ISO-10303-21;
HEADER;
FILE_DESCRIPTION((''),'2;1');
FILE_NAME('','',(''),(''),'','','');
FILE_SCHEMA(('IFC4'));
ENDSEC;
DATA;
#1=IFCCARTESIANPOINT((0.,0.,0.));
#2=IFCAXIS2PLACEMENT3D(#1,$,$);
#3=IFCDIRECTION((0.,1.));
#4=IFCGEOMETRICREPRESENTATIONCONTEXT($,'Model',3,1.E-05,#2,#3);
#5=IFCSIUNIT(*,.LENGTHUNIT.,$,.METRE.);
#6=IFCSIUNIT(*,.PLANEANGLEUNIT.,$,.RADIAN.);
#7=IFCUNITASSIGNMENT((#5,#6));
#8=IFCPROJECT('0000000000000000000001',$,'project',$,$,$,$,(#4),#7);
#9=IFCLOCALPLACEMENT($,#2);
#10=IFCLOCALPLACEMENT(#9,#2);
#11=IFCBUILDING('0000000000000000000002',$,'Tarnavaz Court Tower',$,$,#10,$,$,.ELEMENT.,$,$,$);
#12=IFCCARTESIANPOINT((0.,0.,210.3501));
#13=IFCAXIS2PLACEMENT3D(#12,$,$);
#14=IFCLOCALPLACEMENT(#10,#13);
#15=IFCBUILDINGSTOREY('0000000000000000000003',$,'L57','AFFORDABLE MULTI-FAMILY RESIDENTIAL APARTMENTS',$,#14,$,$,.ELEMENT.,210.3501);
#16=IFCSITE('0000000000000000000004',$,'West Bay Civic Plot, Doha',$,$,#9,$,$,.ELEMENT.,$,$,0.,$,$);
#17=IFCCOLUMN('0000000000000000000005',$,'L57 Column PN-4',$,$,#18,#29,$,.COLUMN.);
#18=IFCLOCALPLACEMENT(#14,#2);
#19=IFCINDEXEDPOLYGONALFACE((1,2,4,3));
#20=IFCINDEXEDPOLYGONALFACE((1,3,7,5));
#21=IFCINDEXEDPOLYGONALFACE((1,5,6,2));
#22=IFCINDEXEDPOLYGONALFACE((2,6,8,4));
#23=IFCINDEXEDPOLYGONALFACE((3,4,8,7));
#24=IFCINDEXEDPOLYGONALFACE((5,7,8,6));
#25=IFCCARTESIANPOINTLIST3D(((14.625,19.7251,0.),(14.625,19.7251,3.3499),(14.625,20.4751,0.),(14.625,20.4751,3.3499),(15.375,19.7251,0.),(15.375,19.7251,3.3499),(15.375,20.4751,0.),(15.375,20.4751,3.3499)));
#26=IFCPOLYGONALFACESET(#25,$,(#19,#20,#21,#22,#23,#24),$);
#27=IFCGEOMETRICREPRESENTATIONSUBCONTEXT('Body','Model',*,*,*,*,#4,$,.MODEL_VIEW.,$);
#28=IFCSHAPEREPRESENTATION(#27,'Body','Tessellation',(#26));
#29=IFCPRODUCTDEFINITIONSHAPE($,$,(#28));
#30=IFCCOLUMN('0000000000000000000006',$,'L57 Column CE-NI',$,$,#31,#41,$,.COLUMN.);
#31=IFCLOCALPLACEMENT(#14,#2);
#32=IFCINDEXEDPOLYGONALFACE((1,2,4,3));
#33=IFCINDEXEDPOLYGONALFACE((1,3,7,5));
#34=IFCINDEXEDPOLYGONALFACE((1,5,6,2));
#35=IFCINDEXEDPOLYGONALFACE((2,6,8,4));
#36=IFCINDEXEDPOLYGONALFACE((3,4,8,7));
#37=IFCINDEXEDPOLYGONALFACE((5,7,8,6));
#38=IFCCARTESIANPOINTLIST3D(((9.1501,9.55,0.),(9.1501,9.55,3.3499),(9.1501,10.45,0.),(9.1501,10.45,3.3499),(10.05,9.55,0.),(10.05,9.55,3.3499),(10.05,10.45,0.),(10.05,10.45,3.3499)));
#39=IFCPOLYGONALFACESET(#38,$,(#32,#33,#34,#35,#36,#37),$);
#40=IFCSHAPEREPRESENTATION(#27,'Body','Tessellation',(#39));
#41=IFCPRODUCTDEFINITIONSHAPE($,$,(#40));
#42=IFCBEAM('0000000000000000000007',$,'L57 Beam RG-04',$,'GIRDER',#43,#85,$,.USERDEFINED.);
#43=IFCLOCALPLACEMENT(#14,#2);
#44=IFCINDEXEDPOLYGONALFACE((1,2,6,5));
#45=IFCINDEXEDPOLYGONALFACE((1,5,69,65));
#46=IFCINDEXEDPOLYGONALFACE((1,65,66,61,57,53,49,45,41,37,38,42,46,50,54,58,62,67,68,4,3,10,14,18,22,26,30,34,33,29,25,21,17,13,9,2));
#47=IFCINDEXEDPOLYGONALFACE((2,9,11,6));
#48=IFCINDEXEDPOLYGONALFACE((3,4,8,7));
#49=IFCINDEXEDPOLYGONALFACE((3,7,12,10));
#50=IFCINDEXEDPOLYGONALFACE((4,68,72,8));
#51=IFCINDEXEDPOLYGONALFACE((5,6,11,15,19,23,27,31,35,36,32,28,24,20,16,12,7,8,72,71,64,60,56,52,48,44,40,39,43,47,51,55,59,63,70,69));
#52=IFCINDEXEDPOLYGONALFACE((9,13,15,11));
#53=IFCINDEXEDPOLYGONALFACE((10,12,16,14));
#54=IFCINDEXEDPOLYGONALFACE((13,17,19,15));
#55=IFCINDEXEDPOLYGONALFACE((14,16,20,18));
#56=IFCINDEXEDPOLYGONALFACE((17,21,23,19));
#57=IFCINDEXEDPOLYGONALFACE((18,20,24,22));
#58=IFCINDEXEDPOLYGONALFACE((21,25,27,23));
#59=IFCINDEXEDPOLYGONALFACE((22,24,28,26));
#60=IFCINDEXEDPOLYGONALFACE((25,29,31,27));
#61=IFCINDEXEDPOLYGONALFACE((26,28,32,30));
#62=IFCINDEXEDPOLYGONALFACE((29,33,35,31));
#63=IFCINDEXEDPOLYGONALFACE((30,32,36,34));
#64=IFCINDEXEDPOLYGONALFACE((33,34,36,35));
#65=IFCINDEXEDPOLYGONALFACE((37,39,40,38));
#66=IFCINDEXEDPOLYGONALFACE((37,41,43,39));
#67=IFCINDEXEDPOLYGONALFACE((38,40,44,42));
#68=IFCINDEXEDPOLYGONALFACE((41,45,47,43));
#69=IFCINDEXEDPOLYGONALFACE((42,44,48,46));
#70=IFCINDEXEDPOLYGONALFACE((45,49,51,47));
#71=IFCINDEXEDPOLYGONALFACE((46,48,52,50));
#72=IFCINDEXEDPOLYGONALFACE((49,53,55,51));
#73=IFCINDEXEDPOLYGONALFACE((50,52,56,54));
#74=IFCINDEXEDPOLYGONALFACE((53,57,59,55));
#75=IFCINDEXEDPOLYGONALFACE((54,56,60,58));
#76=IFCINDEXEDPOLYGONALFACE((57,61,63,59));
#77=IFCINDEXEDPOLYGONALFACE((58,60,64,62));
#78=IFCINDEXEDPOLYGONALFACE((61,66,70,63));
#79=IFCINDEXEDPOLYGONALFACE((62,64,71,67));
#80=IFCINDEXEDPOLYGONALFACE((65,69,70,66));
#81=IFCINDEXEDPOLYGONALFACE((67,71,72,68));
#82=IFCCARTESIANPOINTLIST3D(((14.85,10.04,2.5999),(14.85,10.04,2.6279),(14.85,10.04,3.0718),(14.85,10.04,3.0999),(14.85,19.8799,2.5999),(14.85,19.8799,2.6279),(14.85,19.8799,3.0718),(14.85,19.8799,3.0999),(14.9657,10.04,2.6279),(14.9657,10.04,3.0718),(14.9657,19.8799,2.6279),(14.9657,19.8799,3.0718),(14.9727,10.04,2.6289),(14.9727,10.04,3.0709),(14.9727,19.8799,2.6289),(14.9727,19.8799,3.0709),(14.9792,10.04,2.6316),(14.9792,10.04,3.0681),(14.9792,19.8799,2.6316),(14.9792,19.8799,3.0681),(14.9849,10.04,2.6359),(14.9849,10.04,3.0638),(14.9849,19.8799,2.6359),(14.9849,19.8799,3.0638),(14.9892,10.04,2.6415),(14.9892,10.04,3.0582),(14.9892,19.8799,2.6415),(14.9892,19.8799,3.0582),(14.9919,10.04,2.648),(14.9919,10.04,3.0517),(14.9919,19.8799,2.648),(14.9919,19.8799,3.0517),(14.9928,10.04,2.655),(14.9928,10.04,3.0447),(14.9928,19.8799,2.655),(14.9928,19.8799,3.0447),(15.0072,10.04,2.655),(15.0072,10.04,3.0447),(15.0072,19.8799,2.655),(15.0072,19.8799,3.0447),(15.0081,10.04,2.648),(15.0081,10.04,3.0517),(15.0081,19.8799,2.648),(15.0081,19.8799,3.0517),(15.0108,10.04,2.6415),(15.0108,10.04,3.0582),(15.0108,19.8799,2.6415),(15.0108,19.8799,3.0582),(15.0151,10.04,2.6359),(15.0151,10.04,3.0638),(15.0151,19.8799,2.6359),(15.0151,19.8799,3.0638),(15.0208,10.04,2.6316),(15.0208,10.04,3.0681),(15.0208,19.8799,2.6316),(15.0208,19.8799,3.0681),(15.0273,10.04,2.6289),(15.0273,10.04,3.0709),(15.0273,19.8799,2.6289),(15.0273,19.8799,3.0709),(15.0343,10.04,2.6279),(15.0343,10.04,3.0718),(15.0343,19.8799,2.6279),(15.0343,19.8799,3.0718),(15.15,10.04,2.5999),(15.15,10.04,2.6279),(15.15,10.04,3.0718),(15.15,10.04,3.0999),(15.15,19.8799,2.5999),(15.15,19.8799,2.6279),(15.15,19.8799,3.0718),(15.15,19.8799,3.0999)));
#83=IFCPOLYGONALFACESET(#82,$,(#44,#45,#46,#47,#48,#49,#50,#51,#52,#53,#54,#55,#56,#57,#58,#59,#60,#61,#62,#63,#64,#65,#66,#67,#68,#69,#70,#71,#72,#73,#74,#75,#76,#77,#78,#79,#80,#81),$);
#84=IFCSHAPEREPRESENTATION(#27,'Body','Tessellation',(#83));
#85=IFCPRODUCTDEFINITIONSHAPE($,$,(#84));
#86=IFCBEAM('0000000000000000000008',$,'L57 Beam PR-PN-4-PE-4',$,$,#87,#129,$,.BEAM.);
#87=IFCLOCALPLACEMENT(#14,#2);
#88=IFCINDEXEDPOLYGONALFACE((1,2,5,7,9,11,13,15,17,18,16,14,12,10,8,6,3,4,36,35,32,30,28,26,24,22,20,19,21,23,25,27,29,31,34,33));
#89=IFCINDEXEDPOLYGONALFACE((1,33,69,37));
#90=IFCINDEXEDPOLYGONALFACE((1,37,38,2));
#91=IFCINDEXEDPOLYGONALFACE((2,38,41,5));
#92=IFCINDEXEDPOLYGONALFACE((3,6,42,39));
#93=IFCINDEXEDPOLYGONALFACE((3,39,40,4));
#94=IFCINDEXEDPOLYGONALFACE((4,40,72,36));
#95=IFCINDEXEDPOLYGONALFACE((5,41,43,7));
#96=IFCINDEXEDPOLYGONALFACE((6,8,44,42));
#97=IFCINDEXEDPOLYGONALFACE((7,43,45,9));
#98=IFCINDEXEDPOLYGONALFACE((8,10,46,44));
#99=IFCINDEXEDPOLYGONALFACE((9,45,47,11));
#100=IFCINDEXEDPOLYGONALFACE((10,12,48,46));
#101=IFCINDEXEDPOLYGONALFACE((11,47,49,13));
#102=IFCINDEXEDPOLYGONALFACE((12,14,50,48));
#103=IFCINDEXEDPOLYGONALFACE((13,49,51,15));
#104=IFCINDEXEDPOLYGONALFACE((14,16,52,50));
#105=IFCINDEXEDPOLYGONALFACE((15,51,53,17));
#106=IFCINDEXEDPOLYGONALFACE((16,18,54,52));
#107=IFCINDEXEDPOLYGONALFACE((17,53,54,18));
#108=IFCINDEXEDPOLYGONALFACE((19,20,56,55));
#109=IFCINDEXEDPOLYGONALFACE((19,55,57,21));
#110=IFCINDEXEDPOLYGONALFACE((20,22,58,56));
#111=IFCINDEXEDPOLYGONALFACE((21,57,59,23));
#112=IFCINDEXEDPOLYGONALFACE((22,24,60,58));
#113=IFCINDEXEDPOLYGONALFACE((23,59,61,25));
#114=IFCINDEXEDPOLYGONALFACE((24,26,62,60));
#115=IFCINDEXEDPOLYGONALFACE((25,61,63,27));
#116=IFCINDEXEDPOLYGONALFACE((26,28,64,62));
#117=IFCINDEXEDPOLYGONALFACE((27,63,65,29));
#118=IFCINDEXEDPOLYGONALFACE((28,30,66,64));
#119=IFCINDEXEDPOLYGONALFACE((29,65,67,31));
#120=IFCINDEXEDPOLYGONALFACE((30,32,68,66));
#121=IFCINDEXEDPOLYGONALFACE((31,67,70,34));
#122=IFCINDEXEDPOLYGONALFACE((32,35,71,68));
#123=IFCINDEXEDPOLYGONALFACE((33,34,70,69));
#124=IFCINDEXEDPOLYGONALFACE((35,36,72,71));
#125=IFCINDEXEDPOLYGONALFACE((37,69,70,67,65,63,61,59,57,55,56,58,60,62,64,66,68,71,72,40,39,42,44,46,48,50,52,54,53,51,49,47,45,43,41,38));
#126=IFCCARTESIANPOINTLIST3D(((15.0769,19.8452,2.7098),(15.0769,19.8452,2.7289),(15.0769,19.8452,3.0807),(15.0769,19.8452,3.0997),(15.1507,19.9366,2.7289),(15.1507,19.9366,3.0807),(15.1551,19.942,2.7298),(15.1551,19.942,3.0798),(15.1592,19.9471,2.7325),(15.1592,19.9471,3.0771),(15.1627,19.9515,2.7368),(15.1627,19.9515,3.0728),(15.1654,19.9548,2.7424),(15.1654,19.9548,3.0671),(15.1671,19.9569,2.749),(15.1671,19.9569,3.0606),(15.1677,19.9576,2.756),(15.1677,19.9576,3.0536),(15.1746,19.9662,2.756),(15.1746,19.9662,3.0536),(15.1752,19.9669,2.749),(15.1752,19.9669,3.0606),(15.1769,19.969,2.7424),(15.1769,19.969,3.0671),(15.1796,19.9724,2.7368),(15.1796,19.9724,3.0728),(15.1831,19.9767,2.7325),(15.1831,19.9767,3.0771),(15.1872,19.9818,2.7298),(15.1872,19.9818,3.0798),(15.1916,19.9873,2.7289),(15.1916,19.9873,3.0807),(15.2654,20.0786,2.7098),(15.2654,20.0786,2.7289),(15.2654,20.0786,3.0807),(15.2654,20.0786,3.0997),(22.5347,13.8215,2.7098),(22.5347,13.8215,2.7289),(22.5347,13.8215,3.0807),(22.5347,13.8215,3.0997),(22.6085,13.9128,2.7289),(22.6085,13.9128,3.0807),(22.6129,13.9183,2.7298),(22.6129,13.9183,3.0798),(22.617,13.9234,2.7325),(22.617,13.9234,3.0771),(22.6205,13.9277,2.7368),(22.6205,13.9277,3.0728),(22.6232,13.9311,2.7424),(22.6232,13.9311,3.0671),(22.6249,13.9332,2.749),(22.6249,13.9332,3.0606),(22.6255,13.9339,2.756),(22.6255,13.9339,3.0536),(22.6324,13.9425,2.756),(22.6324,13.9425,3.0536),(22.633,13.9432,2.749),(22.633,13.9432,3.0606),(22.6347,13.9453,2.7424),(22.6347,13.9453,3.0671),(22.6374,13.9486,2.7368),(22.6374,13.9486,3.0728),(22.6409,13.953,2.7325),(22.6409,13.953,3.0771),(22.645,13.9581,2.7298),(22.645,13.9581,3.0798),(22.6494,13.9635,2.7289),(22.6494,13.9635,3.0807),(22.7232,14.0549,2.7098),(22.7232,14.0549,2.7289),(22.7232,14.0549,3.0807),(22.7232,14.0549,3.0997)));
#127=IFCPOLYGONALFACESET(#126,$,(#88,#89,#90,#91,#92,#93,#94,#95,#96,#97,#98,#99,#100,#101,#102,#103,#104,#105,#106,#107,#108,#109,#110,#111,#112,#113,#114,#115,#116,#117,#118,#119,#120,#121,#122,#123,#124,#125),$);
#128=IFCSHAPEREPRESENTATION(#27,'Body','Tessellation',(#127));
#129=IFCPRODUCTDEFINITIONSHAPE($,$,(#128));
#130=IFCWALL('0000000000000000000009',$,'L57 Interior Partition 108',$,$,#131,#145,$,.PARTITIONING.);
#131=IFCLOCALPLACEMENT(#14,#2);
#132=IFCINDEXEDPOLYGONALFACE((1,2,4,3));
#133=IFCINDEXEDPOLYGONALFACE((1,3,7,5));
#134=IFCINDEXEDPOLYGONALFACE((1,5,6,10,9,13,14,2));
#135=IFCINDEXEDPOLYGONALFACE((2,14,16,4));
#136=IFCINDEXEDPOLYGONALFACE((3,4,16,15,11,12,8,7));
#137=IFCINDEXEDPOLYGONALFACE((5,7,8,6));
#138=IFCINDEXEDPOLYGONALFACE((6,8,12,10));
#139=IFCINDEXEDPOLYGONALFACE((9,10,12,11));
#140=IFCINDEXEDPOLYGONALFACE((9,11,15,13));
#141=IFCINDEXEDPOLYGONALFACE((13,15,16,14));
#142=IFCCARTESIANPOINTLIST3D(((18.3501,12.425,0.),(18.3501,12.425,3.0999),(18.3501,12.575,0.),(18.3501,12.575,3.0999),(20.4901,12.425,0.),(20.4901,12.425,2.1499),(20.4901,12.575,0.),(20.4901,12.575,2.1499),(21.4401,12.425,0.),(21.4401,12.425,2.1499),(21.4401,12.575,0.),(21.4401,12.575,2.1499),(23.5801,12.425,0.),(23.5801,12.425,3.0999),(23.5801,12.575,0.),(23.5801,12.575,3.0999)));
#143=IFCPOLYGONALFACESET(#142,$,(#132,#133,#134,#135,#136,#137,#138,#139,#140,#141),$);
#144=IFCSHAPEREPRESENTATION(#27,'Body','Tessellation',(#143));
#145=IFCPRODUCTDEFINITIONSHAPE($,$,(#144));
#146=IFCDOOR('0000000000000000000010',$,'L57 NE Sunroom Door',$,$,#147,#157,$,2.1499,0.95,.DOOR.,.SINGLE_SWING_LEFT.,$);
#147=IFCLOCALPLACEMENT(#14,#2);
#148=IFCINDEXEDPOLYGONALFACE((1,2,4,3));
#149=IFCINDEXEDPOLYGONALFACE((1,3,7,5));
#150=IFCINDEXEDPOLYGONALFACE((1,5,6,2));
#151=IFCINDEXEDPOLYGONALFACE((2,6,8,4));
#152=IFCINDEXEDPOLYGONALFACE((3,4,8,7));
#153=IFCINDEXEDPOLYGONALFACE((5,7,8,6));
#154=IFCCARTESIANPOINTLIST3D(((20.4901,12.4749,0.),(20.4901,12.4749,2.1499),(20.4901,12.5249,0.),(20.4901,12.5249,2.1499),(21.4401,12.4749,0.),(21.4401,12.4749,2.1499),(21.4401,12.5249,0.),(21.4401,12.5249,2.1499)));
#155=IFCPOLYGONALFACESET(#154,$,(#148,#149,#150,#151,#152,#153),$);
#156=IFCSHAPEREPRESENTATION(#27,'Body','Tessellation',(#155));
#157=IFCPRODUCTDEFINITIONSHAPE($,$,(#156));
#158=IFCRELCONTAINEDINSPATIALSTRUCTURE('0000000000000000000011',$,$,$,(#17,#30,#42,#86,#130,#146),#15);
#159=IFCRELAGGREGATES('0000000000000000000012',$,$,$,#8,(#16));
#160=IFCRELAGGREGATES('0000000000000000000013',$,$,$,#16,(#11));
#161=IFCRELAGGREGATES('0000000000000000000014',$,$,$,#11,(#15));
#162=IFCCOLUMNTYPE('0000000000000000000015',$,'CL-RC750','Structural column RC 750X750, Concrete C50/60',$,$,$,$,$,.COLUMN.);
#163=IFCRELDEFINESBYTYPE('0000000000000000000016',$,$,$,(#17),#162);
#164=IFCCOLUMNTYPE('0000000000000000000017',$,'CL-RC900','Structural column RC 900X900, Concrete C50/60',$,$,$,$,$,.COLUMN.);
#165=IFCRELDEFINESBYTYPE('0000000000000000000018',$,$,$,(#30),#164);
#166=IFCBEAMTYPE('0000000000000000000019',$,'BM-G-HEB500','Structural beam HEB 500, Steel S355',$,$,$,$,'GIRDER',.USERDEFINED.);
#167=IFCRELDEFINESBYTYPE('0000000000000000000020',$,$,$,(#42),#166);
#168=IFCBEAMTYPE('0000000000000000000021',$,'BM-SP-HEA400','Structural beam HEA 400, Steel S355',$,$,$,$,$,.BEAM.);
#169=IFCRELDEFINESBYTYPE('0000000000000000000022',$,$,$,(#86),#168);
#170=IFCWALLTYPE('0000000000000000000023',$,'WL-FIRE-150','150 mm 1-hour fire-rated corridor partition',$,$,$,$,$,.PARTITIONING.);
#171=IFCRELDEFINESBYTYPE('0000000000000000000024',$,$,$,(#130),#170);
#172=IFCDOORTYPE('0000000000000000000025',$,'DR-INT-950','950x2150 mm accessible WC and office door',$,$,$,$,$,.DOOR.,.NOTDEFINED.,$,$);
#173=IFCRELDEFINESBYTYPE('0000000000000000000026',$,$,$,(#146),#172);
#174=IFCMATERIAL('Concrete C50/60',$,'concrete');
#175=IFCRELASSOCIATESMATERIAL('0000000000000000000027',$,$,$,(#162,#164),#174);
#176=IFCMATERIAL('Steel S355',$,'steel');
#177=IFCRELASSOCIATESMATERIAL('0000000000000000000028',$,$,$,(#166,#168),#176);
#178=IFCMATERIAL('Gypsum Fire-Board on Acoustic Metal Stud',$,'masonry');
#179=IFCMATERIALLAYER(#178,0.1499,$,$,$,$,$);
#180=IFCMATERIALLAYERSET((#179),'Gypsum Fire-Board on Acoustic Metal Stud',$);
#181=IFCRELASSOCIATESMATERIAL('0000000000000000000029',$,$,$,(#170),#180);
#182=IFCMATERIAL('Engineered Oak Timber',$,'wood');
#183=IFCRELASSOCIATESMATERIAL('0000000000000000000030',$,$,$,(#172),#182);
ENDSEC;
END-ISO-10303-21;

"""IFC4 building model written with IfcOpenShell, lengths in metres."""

from ifc_helpers import new_model, si_unit, direction, frame, frame_2d, origin, origin_2d, place, context, subcontext, project, spatial, rectangle, i_section, extrude, material, layer, layer_set, material_profile, profile_set, type_object, element, fill, save


model = new_model("IFC4")

# Units and contexts
model_context = context("Model", 3, precision=1e-05, world=origin(), true_north=direction((0.0, 1.0)))
body_context = subcontext(model_context, "Body", "Model", "MODEL_VIEW")
ifc_project = project(units=[si_unit("LENGTHUNIT", "METRE"), si_unit("PLANEANGLEUNIT", "RADIAN")], contexts=[model_context])

# Site, building, storey
site_placement = place(None, origin())
site = spatial("IfcSite", under=ifc_project, at=site_placement, Name="West Bay Civic Plot, Doha", CompositionType="ELEMENT", RefElevation=0.0)
building_placement = place(site_placement, origin())
building = spatial("IfcBuilding", under=site, at=building_placement, Name="Tarnavaz Court Tower", CompositionType="ELEMENT")
storey_placement = place(building_placement, frame((0.0, 0.0, 210.3501)))
storey = spatial("IfcBuildingStorey", under=building, at=storey_placement, Name="L57", Description="AFFORDABLE MULTI-FAMILY RESIDENTIAL APARTMENTS", CompositionType="ELEMENT", Elevation=210.3501)

# Columns
ifc_material_1 = material(Name="Concrete C50/60", Category="concrete")
ifc_material_profile_1 = material_profile(ifc_material_1, rectangle(XDim=0.75, YDim=0.75, at=origin_2d()), Name="RC 750X750")
ifc_profile_set_1 = profile_set([ifc_material_profile_1], Name="Concrete C50/60")
column_type_1 = type_object("IfcColumnType", Name="CL-RC750", Description="Structural column RC 750X750, Concrete C50/60", PredefinedType="COLUMN", material=ifc_profile_set_1)
column_1_placement = place(storey_placement, frame((15.0, 20.1001, 0.0), z_axis=(0.0, 0.0, 1.0), x_axis=(1.0, 0.0, 0.0)))
element("IfcColumn", 1, at=column_1_placement, inside=storey, type_object=column_type_1, Name="L57 Column PN-4", PredefinedType="COLUMN", context=body_context, shape_type="SweptSolid", body=[
    extrude(rectangle(XDim=0.75, YDim=0.75, at=origin_2d()), origin(), (0.0, 0.0, 1.0), 3.3499),
])
ifc_material_profile_2 = material_profile(ifc_material_1, rectangle(XDim=0.8999, YDim=0.8999, at=origin_2d()), Name="RC 900X900")
ifc_profile_set_2 = profile_set([ifc_material_profile_2], Name="Concrete C50/60")
column_type_2 = type_object("IfcColumnType", Name="CL-RC900", Description="Structural column RC 900X900, Concrete C50/60", PredefinedType="COLUMN", material=ifc_profile_set_2)
column_2_placement = place(storey_placement, frame((9.6001, 10.0, 0.0), z_axis=(0.0, 0.0, 1.0), x_axis=(1.0, 0.0, 0.0)))
element("IfcColumn", 2, at=column_2_placement, inside=storey, type_object=column_type_2, Name="L57 Column CE-NI", PredefinedType="COLUMN", context=body_context, shape_type="SweptSolid", body=[
    extrude(rectangle(XDim=0.8999, YDim=0.8999, at=origin_2d()), origin(), (0.0, 0.0, 1.0), 3.3499),
])

# Beams
ifc_material_2 = material(Name="Steel S355", Category="steel")
ifc_material_profile_3 = material_profile(ifc_material_2, i_section(OverallWidth=0.3, OverallDepth=0.5, WebThickness=0.0144, FlangeThickness=0.0281, FilletRadius=0.0271, at=origin_2d()), Name="HEB 500")
ifc_profile_set_3 = profile_set([ifc_material_profile_3], Name="Steel S355")
beam_type_1 = type_object("IfcBeamType", Name="BM-G-HEB500", Description="Structural beam HEB 500, Steel S355", ElementType="GIRDER", PredefinedType="USERDEFINED", material=ifc_profile_set_3)
beam_1_placement = place(storey_placement, frame((15.0, 10.04, 2.8499), z_axis=(0.0, 1.0, 0.0), x_axis=(-1.0, 0.0, 0.0)))
element("IfcBeam", 3, at=beam_1_placement, inside=storey, type_object=beam_type_1, Name="L57 Beam RG-04", ObjectType="GIRDER", PredefinedType="USERDEFINED", context=body_context, shape_type="SweptSolid", body=[
    extrude(i_section(OverallWidth=0.3, OverallDepth=0.5, WebThickness=0.0144, FlangeThickness=0.0281, FilletRadius=0.0271, at=origin_2d()), origin(), (0.0, 0.0, 1.0), 9.8398),
])
ifc_material_profile_4 = material_profile(ifc_material_2, i_section(OverallWidth=0.3, OverallDepth=0.3899, WebThickness=0.011, FlangeThickness=0.019, FilletRadius=0.0271, at=origin_2d()), Name="HEA 400")
ifc_profile_set_4 = profile_set([ifc_material_profile_4], Name="Steel S355")
beam_type_2 = type_object("IfcBeamType", Name="BM-SP-HEA400", Description="Structural beam HEA 400, Steel S355", PredefinedType="BEAM", material=ifc_profile_set_4)
beam_2_placement = place(storey_placement, frame((15.1711, 19.9619, 2.9048), z_axis=(0.777936, -0.628344, 0.0), x_axis=(0.628344, 0.777936, 0.0)))
element("IfcBeam", 4, at=beam_2_placement, inside=storey, type_object=beam_type_2, Name="L57 Beam PR-PN-4-PE-4", PredefinedType="BEAM", context=body_context, shape_type="SweptSolid", body=[
    extrude(i_section(OverallWidth=0.3, OverallDepth=0.3899, WebThickness=0.011, FlangeThickness=0.019, FilletRadius=0.0271, at=origin_2d()), origin(), (0.0, 0.0, 1.0), 9.5867),
])

# Wall, opening, door
ifc_material_3 = material(Name="Gypsum Fire-Board on Acoustic Metal Stud", Category="masonry")
ifc_layer_1 = layer(ifc_material_3, 0.1499)
ifc_layer_set_1 = layer_set([ifc_layer_1], Name="Gypsum Fire-Board on Acoustic Metal Stud")
wall_type_1 = type_object("IfcWallType", Name="WL-FIRE-150", Description="150 mm 1-hour fire-rated corridor partition", PredefinedType="PARTITIONING", material=ifc_layer_set_1)
wall_1_placement = place(storey_placement, frame((18.3501, 12.5, 0.0), z_axis=(0.0, 0.0, 1.0), x_axis=(1.0, 0.0, 0.0)))
wall_1 = element("IfcWall", 5, at=wall_1_placement, inside=storey, type_object=wall_type_1, Name="L57 Interior Partition 108", PredefinedType="PARTITIONING", context=body_context, shape_type="SweptSolid", body=[
    extrude(rectangle(XDim=5.23, YDim=0.1499, at=frame_2d((2.615, 0.0))), origin(), (0.0, 0.0, 1.0), 3.0999),
])
opening_1_placement = place(wall_1_placement, frame((2.1399, 0.0, 0.0)))
opening_1 = element("IfcOpeningElement", 6, at=opening_1_placement, cuts=wall_1, PredefinedType="OPENING", context=body_context, shape_type="SweptSolid", body=[
    extrude(rectangle(XDim=0.95, YDim=2.1499, at=frame_2d((0.4751, 1.075))), frame((0.0, 0.085, 0.0), z_axis=(0.0, -1.0, 0.0), x_axis=(1.0, 0.0, 0.0)), (0.0, 0.0, 1.0), 0.1699),
])
ifc_material_4 = material(Name="Engineered Oak Timber", Category="wood")
door_type_1 = type_object("IfcDoorType", Name="DR-INT-950", Description="950x2150 mm accessible WC and office door", OperationType="NOTDEFINED", PredefinedType="DOOR", material=ifc_material_4)
door_1_placement = place(opening_1_placement, origin())
door_1 = element("IfcDoor", 7, at=door_1_placement, inside=storey, type_object=door_type_1, Name="L57 NE Sunroom Door", OperationType="SINGLE_SWING_LEFT", OverallHeight=2.1499, OverallWidth=0.95, PredefinedType="DOOR", context=body_context, shape_type="SweptSolid", body=[
    extrude(rectangle(XDim=0.95, YDim=2.1499, at=frame_2d((0.4751, 1.075))), frame((0.0, 0.0249, 0.0), z_axis=(0.0, -1.0, 0.0), x_axis=(1.0, 0.0, 0.0)), (0.0, 0.0, 1.0), 0.05),
])
fill(opening_1, door_1)

save(model, "model.ifc")
